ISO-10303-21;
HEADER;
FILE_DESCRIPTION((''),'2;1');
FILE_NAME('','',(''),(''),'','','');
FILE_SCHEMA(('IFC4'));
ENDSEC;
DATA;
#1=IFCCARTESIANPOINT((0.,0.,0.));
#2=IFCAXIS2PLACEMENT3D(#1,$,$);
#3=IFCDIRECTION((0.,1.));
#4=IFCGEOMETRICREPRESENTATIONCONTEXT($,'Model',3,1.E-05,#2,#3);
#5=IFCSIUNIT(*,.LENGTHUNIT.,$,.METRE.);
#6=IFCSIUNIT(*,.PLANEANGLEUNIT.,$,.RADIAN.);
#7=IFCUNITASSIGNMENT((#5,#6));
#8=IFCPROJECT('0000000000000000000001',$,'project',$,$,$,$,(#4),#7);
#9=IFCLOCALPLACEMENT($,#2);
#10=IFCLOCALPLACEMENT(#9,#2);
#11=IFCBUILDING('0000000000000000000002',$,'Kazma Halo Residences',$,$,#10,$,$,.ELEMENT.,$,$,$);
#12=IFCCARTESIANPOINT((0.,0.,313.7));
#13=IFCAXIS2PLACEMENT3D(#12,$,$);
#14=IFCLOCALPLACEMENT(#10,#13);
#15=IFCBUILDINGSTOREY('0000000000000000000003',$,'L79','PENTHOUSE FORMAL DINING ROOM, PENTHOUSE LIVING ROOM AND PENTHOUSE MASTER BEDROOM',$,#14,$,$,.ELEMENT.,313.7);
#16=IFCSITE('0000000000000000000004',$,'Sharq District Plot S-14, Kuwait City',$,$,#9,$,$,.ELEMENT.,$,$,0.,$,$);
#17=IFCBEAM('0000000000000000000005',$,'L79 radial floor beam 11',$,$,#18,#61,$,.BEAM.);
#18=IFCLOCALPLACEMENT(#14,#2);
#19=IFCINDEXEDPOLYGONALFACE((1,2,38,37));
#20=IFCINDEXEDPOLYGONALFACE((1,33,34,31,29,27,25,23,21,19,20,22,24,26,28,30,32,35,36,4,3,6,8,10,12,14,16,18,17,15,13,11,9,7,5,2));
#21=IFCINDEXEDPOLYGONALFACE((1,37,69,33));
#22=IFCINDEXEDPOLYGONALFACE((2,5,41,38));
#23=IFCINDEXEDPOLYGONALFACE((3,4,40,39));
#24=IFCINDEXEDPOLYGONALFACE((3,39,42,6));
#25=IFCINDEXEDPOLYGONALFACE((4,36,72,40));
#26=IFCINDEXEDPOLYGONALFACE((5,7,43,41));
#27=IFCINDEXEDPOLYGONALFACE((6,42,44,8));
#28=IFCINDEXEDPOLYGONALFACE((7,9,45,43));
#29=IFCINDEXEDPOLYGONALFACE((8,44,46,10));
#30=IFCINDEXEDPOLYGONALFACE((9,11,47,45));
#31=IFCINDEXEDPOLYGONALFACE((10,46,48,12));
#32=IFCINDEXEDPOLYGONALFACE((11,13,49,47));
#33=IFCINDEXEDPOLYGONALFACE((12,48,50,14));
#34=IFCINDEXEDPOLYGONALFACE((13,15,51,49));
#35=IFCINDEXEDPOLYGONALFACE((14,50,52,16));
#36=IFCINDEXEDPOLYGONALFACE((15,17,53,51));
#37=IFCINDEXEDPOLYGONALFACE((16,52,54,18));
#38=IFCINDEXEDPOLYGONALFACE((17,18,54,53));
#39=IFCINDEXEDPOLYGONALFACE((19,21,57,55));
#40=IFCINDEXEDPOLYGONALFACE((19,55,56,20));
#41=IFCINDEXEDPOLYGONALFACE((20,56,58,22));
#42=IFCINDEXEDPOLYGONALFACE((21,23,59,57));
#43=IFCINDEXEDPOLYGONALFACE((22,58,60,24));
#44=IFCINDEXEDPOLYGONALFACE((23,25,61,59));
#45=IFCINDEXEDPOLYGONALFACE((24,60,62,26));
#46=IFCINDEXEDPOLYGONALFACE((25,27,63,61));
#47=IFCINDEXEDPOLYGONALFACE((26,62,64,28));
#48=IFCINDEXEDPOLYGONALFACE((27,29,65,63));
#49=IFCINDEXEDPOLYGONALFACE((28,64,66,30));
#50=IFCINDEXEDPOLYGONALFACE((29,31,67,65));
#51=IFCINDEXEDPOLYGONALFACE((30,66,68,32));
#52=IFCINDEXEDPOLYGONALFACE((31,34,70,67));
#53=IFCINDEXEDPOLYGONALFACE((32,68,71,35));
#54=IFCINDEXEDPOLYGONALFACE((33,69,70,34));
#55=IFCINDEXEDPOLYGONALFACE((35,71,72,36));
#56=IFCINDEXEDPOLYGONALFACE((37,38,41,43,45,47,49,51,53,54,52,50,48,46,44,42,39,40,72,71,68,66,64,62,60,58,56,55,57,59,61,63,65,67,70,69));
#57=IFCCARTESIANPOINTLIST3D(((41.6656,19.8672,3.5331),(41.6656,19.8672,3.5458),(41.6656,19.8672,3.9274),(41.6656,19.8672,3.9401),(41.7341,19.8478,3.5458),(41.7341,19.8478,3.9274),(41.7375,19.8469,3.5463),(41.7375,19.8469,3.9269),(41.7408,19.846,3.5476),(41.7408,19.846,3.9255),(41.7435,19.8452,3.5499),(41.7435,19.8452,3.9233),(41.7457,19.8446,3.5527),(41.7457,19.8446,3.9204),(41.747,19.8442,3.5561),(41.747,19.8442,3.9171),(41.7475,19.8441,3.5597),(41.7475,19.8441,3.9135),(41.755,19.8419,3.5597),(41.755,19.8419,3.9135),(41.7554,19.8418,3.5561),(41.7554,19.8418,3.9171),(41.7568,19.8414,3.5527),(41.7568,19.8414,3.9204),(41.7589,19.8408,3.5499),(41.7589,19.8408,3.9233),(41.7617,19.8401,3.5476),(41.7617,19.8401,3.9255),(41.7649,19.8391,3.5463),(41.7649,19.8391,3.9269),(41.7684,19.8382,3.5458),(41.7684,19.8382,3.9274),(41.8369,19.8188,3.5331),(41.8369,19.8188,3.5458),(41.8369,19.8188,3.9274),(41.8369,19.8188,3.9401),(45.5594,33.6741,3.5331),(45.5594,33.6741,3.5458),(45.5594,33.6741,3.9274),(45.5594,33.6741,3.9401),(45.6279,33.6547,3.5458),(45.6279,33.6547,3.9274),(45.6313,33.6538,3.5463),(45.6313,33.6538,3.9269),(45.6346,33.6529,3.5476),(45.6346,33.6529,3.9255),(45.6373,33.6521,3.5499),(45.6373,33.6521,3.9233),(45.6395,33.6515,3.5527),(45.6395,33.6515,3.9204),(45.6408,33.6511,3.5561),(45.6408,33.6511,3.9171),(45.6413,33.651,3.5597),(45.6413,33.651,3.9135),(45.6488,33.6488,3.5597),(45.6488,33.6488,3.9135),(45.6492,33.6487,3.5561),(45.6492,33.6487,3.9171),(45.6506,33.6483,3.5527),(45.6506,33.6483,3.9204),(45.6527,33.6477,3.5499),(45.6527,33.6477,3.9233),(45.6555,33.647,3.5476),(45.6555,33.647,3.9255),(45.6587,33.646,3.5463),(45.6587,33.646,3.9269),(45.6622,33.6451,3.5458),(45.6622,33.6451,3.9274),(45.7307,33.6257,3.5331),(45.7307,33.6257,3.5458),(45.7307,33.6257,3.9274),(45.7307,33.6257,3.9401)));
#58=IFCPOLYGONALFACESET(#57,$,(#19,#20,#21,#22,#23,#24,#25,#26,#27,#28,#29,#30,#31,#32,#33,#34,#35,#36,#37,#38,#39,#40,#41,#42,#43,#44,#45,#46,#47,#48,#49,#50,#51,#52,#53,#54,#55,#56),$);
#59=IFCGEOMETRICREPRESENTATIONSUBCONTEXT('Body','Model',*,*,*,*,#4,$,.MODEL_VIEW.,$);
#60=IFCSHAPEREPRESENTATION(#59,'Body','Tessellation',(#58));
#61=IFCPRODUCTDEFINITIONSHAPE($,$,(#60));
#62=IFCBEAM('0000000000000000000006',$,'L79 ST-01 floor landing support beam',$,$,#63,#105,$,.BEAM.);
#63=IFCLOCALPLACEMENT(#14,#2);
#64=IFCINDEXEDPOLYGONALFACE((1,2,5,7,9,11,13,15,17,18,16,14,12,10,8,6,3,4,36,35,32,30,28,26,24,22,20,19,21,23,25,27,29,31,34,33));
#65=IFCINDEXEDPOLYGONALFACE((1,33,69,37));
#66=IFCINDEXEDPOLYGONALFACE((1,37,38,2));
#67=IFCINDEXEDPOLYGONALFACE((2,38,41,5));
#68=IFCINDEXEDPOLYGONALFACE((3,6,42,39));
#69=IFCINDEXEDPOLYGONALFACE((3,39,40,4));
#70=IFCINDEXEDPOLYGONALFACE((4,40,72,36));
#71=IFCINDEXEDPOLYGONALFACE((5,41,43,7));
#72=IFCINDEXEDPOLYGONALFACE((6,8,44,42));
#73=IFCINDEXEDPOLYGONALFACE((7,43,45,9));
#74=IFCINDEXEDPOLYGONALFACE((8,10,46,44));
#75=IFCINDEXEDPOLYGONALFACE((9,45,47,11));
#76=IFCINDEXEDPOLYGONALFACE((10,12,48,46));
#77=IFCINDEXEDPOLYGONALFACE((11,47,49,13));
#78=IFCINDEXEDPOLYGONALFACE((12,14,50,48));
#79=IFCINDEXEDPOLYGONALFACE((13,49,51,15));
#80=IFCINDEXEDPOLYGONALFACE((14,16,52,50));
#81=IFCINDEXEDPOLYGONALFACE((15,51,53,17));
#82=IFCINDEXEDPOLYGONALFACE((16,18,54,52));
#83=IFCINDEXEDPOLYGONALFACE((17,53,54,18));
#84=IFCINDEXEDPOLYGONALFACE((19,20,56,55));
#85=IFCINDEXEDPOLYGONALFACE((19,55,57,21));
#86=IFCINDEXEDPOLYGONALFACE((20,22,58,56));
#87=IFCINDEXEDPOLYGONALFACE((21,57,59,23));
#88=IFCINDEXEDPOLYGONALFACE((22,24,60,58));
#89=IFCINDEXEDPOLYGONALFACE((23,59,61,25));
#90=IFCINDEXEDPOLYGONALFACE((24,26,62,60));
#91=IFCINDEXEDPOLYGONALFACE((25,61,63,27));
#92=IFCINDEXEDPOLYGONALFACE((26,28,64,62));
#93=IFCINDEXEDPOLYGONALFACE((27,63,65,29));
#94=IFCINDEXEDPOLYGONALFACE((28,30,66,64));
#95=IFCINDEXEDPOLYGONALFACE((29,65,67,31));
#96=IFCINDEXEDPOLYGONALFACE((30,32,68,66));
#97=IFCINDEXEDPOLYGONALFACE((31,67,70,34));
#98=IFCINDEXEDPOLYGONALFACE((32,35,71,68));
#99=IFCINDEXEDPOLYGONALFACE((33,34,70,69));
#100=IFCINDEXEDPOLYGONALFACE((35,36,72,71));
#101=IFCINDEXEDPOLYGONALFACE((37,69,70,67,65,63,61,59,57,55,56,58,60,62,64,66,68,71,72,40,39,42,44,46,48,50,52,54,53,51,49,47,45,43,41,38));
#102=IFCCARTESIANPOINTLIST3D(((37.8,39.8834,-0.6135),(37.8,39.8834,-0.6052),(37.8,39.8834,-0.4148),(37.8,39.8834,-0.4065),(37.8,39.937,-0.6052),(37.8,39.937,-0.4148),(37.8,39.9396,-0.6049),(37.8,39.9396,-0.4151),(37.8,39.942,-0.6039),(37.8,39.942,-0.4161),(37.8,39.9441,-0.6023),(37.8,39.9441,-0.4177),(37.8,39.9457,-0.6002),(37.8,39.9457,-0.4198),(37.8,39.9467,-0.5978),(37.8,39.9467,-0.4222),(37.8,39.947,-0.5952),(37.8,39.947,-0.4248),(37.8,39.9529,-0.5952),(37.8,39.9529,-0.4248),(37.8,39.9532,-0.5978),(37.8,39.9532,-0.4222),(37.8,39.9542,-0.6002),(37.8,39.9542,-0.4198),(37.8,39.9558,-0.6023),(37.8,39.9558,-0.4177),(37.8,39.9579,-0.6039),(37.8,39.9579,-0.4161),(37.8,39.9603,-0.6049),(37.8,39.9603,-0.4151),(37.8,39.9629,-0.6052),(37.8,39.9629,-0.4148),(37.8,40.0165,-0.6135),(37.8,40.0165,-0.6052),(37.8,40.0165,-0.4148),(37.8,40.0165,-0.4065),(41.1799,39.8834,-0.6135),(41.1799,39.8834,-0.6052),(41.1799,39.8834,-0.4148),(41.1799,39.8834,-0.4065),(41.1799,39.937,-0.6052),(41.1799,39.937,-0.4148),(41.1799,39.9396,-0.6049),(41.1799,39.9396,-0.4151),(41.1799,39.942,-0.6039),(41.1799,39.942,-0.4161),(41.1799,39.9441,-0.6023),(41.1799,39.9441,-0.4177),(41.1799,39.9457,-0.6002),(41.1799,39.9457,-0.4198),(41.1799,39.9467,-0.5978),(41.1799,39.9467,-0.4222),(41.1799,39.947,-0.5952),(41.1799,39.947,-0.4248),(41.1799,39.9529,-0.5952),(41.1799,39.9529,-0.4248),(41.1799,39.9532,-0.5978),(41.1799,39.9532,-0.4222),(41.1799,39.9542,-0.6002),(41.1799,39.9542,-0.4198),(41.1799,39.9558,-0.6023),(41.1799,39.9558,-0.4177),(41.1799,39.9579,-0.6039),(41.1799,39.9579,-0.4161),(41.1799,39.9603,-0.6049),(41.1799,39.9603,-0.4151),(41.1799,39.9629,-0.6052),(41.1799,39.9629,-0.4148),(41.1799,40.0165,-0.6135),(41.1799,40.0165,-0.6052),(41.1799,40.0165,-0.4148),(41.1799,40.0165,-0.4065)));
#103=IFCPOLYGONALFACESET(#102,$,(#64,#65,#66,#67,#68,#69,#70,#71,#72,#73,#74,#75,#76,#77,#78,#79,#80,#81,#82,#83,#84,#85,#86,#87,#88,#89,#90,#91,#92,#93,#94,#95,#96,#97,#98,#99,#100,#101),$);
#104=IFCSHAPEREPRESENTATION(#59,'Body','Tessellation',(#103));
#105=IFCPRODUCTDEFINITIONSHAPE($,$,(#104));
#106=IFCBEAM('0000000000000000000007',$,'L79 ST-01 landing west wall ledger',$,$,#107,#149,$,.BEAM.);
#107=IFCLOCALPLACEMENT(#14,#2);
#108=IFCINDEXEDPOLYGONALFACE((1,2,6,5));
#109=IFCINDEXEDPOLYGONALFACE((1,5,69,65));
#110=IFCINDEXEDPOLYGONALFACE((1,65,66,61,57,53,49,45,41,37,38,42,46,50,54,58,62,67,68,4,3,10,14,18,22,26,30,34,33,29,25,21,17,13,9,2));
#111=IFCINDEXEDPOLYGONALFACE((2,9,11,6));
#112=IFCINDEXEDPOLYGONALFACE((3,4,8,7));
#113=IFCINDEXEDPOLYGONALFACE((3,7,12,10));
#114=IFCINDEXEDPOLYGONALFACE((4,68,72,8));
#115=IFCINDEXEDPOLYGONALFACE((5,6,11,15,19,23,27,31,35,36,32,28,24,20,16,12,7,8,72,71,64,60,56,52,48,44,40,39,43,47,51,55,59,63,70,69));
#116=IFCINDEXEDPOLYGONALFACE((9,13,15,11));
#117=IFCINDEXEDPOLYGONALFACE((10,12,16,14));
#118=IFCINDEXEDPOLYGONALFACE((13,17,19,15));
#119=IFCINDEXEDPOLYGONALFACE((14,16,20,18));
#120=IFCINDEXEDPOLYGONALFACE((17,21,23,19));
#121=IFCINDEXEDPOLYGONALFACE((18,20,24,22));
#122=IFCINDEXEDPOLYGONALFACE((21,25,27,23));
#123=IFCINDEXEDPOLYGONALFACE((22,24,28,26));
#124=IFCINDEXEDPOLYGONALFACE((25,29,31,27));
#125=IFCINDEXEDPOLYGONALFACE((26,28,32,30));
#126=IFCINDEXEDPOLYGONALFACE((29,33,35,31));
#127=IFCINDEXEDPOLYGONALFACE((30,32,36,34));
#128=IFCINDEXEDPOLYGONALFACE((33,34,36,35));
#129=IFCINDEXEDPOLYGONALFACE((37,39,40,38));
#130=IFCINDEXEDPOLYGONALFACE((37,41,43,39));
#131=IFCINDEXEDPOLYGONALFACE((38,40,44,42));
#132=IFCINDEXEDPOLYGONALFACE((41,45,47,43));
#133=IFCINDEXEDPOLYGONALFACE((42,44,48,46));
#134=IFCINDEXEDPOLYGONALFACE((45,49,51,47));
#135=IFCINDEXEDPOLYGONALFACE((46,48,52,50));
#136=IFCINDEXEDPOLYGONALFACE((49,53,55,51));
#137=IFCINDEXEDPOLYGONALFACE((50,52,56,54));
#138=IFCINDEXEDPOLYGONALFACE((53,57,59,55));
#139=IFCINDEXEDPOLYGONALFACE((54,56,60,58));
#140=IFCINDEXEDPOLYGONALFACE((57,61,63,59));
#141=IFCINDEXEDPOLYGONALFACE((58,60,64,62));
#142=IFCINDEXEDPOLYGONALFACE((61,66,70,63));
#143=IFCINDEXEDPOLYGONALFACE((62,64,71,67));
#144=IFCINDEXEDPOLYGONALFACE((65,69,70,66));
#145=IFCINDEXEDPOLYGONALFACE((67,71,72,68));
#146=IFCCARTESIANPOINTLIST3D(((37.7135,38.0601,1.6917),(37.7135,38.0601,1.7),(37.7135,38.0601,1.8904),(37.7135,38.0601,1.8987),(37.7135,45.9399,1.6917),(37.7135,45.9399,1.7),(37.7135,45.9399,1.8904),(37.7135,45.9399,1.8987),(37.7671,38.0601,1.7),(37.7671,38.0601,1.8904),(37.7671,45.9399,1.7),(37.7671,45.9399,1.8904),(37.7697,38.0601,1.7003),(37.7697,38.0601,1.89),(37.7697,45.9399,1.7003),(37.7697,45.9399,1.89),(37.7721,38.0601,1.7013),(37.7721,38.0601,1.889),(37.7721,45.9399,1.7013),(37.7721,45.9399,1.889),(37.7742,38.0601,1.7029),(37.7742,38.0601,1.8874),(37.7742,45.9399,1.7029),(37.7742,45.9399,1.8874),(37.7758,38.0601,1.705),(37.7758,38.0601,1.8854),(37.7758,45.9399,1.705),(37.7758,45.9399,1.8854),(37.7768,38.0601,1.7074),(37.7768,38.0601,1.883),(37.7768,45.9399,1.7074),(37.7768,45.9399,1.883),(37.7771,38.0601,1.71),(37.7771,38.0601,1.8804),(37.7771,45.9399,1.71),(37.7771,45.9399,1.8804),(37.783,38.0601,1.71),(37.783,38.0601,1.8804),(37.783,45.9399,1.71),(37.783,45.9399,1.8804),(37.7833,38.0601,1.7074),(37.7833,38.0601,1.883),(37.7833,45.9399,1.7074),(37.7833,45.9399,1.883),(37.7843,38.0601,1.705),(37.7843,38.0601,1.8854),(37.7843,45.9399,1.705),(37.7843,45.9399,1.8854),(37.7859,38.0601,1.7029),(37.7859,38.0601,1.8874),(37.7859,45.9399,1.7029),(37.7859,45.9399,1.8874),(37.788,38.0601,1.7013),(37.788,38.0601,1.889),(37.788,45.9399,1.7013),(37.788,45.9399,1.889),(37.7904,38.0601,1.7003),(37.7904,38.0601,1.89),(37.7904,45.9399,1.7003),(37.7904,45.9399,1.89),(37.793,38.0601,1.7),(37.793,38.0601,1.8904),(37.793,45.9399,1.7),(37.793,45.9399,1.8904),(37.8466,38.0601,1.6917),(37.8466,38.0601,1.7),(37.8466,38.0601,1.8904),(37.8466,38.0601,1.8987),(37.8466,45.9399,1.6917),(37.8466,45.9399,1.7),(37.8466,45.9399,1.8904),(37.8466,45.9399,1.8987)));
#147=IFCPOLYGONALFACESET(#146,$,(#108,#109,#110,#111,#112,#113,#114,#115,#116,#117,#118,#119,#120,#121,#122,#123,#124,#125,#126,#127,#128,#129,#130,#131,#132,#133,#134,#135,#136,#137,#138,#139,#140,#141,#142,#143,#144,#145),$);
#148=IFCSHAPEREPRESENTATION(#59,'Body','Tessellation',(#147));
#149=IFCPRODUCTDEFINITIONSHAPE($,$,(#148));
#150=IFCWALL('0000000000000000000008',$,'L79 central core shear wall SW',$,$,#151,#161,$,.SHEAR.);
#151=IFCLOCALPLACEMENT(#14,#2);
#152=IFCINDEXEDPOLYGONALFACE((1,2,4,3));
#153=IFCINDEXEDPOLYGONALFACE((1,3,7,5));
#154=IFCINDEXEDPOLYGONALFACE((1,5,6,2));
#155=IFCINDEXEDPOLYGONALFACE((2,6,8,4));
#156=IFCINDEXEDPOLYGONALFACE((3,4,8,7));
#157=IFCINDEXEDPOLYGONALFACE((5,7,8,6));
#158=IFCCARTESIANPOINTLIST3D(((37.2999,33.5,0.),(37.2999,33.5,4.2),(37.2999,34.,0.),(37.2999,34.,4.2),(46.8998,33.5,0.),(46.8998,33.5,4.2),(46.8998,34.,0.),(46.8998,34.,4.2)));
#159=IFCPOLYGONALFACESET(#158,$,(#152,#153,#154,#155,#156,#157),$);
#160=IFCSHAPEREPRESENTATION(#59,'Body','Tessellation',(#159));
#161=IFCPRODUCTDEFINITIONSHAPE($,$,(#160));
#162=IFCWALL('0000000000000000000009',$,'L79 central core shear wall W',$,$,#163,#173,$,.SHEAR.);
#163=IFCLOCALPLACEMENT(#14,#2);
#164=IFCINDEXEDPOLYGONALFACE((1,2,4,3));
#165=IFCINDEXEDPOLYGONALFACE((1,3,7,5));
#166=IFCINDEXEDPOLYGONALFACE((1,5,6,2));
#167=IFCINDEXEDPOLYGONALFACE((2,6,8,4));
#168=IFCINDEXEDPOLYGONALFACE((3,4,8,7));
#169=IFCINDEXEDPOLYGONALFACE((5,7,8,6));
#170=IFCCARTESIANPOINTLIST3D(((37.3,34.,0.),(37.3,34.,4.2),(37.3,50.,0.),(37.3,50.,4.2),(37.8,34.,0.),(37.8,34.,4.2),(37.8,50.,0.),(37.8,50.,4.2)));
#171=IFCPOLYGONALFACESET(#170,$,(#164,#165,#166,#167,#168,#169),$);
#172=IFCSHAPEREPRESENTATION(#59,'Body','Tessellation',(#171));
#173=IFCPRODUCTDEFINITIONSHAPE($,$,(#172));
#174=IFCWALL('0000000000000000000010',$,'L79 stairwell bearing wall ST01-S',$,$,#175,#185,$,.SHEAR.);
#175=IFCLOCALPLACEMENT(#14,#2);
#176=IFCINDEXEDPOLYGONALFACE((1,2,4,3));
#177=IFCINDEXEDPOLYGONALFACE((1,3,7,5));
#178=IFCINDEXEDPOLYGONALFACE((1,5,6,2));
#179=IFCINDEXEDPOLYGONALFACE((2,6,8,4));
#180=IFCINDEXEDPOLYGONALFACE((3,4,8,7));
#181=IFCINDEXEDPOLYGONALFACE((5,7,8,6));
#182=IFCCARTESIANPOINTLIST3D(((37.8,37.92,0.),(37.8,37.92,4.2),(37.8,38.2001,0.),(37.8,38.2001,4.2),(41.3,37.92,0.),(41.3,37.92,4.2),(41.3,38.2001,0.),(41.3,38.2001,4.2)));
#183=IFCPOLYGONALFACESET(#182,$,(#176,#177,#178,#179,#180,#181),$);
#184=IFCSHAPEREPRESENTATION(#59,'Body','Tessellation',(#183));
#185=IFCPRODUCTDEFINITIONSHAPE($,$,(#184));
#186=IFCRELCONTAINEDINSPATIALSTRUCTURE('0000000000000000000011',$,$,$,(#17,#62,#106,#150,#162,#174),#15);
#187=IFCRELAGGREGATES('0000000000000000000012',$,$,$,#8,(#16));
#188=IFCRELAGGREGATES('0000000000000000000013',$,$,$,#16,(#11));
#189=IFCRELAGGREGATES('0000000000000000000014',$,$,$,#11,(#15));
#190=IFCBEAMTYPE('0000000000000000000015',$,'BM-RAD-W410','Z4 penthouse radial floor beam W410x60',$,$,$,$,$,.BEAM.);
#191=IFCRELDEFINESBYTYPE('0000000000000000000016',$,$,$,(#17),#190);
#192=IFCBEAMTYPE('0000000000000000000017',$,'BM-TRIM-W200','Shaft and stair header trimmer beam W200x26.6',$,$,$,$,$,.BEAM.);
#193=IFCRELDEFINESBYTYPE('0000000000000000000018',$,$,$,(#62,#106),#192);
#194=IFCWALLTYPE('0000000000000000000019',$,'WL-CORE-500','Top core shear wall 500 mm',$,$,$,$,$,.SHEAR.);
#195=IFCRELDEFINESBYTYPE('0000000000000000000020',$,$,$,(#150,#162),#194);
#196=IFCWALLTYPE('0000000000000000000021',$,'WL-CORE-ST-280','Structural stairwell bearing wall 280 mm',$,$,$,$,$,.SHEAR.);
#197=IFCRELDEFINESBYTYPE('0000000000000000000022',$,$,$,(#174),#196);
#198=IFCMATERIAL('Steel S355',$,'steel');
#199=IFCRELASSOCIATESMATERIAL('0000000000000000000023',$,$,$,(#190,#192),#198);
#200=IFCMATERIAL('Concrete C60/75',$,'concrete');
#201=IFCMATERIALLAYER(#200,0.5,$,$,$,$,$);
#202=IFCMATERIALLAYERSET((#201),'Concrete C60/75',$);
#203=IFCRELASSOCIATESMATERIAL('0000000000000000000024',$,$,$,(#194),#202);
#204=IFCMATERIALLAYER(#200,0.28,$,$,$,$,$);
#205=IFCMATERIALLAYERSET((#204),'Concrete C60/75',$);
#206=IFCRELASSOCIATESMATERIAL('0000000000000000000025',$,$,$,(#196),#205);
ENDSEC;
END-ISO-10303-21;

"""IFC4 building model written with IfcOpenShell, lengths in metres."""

from ifc_helpers import new_model, si_unit, direction, frame, frame_2d, origin, origin_2d, place, context, subcontext, project, spatial, rectangle, i_section, extrude, material, layer, layer_set, material_profile, profile_set, type_object, element, save


model = new_model("IFC4")

# Units and contexts
model_context = context("Model", 3, precision=1e-05, world=origin(), true_north=direction((0.0, 1.0)))
body_context = subcontext(model_context, "Body", "Model", "MODEL_VIEW")
ifc_project = project(units=[si_unit("LENGTHUNIT", "METRE"), si_unit("PLANEANGLEUNIT", "RADIAN")], contexts=[model_context])

# Site, building, storey
site_placement = place(None, origin())
site = spatial("IfcSite", under=ifc_project, at=site_placement, Name="Sharq District Plot S-14, Kuwait City", CompositionType="ELEMENT", RefElevation=0.0)
building_placement = place(site_placement, origin())
building = spatial("IfcBuilding", under=site, at=building_placement, Name="Kazma Halo Residences", CompositionType="ELEMENT")
storey_placement = place(building_placement, frame((0.0, 0.0, 313.7)))
storey = spatial("IfcBuildingStorey", under=building, at=storey_placement, Name="L79", Description="PENTHOUSE FORMAL DINING ROOM, PENTHOUSE LIVING ROOM AND PENTHOUSE MASTER BEDROOM", CompositionType="ELEMENT", Elevation=313.7)

# Beams
ifc_material_1 = material(Name="Steel S355", Category="steel")
ifc_material_profile_1 = material_profile(ifc_material_1, i_section(OverallWidth=0.178, OverallDepth=0.407, WebThickness=0.0078, FlangeThickness=0.0127, FilletRadius=0.0139, at=origin_2d()), Name="W410x60")
ifc_profile_set_1 = profile_set([ifc_material_profile_1], Name="Steel S355")
beam_type_1 = type_object("IfcBeamType", Name="BM-RAD-W410", Description="Z4 penthouse radial floor beam W410x60", PredefinedType="BEAM", material=ifc_profile_set_1)
beam_1_placement = place(storey_placement, frame((45.645, 33.6499, 3.7366), z_axis=(-0.271431, -0.962458, 0.0), x_axis=(0.962458, -0.271431, 0.0)))
element("IfcBeam", 1, at=beam_1_placement, inside=storey, type_object=beam_type_1, Name="L79 radial floor beam 11", PredefinedType="BEAM", context=body_context, shape_type="SweptSolid", body=[
    extrude(i_section(OverallWidth=0.178, OverallDepth=0.407, WebThickness=0.0078, FlangeThickness=0.0127, FilletRadius=0.0139, at=origin_2d()), origin(), (0.0, 0.0, 1.0), 14.3455),
])
ifc_material_profile_2 = material_profile(ifc_material_1, i_section(OverallWidth=0.1331, OverallDepth=0.207, WebThickness=0.0059, FlangeThickness=0.0083, FilletRadius=0.01, at=origin_2d()), Name="W200x26.6")
ifc_profile_set_2 = profile_set([ifc_material_profile_2], Name="Steel S355")
beam_type_2 = type_object("IfcBeamType", Name="BM-TRIM-W200", Description="Shaft and stair header trimmer beam W200x26.6", PredefinedType="BEAM", material=ifc_profile_set_2)
beam_2_placement = place(storey_placement, frame((37.8, 39.95, -0.51), z_axis=(1.0, 0.0, 0.0), x_axis=(0.0, 1.0, 0.0)))
element("IfcBeam", 2, at=beam_2_placement, inside=storey, type_object=beam_type_2, Name="L79 ST-01 floor landing support beam", PredefinedType="BEAM", context=body_context, shape_type="SweptSolid", body=[
    extrude(i_section(OverallWidth=0.1331, OverallDepth=0.207, WebThickness=0.0059, FlangeThickness=0.0083, FilletRadius=0.01, at=origin_2d()), origin(), (0.0, 0.0, 1.0), 3.3799),
])
beam_3_placement = place(storey_placement, frame((37.78, 38.0601, 1.7952), z_axis=(0.0, 1.0, 0.0), x_axis=(-1.0, 0.0, 0.0)))
element("IfcBeam", 3, at=beam_3_placement, inside=storey, type_object=beam_type_2, Name="L79 ST-01 landing west wall ledger", PredefinedType="BEAM", context=body_context, shape_type="SweptSolid", body=[
    extrude(i_section(OverallWidth=0.1331, OverallDepth=0.207, WebThickness=0.0059, FlangeThickness=0.0083, FilletRadius=0.01, at=origin_2d()), origin(), (0.0, 0.0, 1.0), 7.8799),
])

# Walls
ifc_material_2 = material(Name="Concrete C60/75", Category="concrete")
ifc_layer_1 = layer(ifc_material_2, 0.5)
ifc_layer_set_1 = layer_set([ifc_layer_1], Name="Concrete C60/75")
wall_type_1 = type_object("IfcWallType", Name="WL-CORE-500", Description="Top core shear wall 500 mm", PredefinedType="SHEAR", material=ifc_layer_set_1)
wall_1_placement = place(storey_placement, frame((37.3, 33.75, 0.0), z_axis=(0.0, 0.0, 1.0), x_axis=(1.0, 0.0, 0.0)))
element("IfcWall", 4, at=wall_1_placement, inside=storey, type_object=wall_type_1, Name="L79 central core shear wall SW", PredefinedType="SHEAR", context=body_context, shape_type="SweptSolid", body=[
    extrude(rectangle(XDim=9.5999, YDim=0.5, at=frame_2d((4.7998, 0.0))), origin(), (0.0, 0.0, 1.0), 4.2),
])
wall_2_placement = place(storey_placement, frame((37.55, 34.0, 0.0), z_axis=(0.0, 0.0, 1.0), x_axis=(0.0, 1.0, 0.0)))
element("IfcWall", 5, at=wall_2_placement, inside=storey, type_object=wall_type_1, Name="L79 central core shear wall W", PredefinedType="SHEAR", context=body_context, shape_type="SweptSolid", body=[
    extrude(rectangle(XDim=16.0, YDim=0.5, at=frame_2d((8.0, 0.0))), origin(), (0.0, 0.0, 1.0), 4.2),
])
ifc_layer_2 = layer(ifc_material_2, 0.28)
ifc_layer_set_2 = layer_set([ifc_layer_2], Name="Concrete C60/75")
wall_type_2 = type_object("IfcWallType", Name="WL-CORE-ST-280", Description="Structural stairwell bearing wall 280 mm", PredefinedType="SHEAR", material=ifc_layer_set_2)
wall_3_placement = place(storey_placement, frame((37.8, 38.0601, 0.0), z_axis=(0.0, 0.0, 1.0), x_axis=(1.0, 0.0, 0.0)))
element("IfcWall", 6, at=wall_3_placement, inside=storey, type_object=wall_type_2, Name="L79 stairwell bearing wall ST01-S", PredefinedType="SHEAR", context=body_context, shape_type="SweptSolid", body=[
    extrude(rectangle(XDim=3.5, YDim=0.28, at=frame_2d((1.75, 0.0))), origin(), (0.0, 0.0, 1.0), 4.2),
])

save(model, "model.ifc")
